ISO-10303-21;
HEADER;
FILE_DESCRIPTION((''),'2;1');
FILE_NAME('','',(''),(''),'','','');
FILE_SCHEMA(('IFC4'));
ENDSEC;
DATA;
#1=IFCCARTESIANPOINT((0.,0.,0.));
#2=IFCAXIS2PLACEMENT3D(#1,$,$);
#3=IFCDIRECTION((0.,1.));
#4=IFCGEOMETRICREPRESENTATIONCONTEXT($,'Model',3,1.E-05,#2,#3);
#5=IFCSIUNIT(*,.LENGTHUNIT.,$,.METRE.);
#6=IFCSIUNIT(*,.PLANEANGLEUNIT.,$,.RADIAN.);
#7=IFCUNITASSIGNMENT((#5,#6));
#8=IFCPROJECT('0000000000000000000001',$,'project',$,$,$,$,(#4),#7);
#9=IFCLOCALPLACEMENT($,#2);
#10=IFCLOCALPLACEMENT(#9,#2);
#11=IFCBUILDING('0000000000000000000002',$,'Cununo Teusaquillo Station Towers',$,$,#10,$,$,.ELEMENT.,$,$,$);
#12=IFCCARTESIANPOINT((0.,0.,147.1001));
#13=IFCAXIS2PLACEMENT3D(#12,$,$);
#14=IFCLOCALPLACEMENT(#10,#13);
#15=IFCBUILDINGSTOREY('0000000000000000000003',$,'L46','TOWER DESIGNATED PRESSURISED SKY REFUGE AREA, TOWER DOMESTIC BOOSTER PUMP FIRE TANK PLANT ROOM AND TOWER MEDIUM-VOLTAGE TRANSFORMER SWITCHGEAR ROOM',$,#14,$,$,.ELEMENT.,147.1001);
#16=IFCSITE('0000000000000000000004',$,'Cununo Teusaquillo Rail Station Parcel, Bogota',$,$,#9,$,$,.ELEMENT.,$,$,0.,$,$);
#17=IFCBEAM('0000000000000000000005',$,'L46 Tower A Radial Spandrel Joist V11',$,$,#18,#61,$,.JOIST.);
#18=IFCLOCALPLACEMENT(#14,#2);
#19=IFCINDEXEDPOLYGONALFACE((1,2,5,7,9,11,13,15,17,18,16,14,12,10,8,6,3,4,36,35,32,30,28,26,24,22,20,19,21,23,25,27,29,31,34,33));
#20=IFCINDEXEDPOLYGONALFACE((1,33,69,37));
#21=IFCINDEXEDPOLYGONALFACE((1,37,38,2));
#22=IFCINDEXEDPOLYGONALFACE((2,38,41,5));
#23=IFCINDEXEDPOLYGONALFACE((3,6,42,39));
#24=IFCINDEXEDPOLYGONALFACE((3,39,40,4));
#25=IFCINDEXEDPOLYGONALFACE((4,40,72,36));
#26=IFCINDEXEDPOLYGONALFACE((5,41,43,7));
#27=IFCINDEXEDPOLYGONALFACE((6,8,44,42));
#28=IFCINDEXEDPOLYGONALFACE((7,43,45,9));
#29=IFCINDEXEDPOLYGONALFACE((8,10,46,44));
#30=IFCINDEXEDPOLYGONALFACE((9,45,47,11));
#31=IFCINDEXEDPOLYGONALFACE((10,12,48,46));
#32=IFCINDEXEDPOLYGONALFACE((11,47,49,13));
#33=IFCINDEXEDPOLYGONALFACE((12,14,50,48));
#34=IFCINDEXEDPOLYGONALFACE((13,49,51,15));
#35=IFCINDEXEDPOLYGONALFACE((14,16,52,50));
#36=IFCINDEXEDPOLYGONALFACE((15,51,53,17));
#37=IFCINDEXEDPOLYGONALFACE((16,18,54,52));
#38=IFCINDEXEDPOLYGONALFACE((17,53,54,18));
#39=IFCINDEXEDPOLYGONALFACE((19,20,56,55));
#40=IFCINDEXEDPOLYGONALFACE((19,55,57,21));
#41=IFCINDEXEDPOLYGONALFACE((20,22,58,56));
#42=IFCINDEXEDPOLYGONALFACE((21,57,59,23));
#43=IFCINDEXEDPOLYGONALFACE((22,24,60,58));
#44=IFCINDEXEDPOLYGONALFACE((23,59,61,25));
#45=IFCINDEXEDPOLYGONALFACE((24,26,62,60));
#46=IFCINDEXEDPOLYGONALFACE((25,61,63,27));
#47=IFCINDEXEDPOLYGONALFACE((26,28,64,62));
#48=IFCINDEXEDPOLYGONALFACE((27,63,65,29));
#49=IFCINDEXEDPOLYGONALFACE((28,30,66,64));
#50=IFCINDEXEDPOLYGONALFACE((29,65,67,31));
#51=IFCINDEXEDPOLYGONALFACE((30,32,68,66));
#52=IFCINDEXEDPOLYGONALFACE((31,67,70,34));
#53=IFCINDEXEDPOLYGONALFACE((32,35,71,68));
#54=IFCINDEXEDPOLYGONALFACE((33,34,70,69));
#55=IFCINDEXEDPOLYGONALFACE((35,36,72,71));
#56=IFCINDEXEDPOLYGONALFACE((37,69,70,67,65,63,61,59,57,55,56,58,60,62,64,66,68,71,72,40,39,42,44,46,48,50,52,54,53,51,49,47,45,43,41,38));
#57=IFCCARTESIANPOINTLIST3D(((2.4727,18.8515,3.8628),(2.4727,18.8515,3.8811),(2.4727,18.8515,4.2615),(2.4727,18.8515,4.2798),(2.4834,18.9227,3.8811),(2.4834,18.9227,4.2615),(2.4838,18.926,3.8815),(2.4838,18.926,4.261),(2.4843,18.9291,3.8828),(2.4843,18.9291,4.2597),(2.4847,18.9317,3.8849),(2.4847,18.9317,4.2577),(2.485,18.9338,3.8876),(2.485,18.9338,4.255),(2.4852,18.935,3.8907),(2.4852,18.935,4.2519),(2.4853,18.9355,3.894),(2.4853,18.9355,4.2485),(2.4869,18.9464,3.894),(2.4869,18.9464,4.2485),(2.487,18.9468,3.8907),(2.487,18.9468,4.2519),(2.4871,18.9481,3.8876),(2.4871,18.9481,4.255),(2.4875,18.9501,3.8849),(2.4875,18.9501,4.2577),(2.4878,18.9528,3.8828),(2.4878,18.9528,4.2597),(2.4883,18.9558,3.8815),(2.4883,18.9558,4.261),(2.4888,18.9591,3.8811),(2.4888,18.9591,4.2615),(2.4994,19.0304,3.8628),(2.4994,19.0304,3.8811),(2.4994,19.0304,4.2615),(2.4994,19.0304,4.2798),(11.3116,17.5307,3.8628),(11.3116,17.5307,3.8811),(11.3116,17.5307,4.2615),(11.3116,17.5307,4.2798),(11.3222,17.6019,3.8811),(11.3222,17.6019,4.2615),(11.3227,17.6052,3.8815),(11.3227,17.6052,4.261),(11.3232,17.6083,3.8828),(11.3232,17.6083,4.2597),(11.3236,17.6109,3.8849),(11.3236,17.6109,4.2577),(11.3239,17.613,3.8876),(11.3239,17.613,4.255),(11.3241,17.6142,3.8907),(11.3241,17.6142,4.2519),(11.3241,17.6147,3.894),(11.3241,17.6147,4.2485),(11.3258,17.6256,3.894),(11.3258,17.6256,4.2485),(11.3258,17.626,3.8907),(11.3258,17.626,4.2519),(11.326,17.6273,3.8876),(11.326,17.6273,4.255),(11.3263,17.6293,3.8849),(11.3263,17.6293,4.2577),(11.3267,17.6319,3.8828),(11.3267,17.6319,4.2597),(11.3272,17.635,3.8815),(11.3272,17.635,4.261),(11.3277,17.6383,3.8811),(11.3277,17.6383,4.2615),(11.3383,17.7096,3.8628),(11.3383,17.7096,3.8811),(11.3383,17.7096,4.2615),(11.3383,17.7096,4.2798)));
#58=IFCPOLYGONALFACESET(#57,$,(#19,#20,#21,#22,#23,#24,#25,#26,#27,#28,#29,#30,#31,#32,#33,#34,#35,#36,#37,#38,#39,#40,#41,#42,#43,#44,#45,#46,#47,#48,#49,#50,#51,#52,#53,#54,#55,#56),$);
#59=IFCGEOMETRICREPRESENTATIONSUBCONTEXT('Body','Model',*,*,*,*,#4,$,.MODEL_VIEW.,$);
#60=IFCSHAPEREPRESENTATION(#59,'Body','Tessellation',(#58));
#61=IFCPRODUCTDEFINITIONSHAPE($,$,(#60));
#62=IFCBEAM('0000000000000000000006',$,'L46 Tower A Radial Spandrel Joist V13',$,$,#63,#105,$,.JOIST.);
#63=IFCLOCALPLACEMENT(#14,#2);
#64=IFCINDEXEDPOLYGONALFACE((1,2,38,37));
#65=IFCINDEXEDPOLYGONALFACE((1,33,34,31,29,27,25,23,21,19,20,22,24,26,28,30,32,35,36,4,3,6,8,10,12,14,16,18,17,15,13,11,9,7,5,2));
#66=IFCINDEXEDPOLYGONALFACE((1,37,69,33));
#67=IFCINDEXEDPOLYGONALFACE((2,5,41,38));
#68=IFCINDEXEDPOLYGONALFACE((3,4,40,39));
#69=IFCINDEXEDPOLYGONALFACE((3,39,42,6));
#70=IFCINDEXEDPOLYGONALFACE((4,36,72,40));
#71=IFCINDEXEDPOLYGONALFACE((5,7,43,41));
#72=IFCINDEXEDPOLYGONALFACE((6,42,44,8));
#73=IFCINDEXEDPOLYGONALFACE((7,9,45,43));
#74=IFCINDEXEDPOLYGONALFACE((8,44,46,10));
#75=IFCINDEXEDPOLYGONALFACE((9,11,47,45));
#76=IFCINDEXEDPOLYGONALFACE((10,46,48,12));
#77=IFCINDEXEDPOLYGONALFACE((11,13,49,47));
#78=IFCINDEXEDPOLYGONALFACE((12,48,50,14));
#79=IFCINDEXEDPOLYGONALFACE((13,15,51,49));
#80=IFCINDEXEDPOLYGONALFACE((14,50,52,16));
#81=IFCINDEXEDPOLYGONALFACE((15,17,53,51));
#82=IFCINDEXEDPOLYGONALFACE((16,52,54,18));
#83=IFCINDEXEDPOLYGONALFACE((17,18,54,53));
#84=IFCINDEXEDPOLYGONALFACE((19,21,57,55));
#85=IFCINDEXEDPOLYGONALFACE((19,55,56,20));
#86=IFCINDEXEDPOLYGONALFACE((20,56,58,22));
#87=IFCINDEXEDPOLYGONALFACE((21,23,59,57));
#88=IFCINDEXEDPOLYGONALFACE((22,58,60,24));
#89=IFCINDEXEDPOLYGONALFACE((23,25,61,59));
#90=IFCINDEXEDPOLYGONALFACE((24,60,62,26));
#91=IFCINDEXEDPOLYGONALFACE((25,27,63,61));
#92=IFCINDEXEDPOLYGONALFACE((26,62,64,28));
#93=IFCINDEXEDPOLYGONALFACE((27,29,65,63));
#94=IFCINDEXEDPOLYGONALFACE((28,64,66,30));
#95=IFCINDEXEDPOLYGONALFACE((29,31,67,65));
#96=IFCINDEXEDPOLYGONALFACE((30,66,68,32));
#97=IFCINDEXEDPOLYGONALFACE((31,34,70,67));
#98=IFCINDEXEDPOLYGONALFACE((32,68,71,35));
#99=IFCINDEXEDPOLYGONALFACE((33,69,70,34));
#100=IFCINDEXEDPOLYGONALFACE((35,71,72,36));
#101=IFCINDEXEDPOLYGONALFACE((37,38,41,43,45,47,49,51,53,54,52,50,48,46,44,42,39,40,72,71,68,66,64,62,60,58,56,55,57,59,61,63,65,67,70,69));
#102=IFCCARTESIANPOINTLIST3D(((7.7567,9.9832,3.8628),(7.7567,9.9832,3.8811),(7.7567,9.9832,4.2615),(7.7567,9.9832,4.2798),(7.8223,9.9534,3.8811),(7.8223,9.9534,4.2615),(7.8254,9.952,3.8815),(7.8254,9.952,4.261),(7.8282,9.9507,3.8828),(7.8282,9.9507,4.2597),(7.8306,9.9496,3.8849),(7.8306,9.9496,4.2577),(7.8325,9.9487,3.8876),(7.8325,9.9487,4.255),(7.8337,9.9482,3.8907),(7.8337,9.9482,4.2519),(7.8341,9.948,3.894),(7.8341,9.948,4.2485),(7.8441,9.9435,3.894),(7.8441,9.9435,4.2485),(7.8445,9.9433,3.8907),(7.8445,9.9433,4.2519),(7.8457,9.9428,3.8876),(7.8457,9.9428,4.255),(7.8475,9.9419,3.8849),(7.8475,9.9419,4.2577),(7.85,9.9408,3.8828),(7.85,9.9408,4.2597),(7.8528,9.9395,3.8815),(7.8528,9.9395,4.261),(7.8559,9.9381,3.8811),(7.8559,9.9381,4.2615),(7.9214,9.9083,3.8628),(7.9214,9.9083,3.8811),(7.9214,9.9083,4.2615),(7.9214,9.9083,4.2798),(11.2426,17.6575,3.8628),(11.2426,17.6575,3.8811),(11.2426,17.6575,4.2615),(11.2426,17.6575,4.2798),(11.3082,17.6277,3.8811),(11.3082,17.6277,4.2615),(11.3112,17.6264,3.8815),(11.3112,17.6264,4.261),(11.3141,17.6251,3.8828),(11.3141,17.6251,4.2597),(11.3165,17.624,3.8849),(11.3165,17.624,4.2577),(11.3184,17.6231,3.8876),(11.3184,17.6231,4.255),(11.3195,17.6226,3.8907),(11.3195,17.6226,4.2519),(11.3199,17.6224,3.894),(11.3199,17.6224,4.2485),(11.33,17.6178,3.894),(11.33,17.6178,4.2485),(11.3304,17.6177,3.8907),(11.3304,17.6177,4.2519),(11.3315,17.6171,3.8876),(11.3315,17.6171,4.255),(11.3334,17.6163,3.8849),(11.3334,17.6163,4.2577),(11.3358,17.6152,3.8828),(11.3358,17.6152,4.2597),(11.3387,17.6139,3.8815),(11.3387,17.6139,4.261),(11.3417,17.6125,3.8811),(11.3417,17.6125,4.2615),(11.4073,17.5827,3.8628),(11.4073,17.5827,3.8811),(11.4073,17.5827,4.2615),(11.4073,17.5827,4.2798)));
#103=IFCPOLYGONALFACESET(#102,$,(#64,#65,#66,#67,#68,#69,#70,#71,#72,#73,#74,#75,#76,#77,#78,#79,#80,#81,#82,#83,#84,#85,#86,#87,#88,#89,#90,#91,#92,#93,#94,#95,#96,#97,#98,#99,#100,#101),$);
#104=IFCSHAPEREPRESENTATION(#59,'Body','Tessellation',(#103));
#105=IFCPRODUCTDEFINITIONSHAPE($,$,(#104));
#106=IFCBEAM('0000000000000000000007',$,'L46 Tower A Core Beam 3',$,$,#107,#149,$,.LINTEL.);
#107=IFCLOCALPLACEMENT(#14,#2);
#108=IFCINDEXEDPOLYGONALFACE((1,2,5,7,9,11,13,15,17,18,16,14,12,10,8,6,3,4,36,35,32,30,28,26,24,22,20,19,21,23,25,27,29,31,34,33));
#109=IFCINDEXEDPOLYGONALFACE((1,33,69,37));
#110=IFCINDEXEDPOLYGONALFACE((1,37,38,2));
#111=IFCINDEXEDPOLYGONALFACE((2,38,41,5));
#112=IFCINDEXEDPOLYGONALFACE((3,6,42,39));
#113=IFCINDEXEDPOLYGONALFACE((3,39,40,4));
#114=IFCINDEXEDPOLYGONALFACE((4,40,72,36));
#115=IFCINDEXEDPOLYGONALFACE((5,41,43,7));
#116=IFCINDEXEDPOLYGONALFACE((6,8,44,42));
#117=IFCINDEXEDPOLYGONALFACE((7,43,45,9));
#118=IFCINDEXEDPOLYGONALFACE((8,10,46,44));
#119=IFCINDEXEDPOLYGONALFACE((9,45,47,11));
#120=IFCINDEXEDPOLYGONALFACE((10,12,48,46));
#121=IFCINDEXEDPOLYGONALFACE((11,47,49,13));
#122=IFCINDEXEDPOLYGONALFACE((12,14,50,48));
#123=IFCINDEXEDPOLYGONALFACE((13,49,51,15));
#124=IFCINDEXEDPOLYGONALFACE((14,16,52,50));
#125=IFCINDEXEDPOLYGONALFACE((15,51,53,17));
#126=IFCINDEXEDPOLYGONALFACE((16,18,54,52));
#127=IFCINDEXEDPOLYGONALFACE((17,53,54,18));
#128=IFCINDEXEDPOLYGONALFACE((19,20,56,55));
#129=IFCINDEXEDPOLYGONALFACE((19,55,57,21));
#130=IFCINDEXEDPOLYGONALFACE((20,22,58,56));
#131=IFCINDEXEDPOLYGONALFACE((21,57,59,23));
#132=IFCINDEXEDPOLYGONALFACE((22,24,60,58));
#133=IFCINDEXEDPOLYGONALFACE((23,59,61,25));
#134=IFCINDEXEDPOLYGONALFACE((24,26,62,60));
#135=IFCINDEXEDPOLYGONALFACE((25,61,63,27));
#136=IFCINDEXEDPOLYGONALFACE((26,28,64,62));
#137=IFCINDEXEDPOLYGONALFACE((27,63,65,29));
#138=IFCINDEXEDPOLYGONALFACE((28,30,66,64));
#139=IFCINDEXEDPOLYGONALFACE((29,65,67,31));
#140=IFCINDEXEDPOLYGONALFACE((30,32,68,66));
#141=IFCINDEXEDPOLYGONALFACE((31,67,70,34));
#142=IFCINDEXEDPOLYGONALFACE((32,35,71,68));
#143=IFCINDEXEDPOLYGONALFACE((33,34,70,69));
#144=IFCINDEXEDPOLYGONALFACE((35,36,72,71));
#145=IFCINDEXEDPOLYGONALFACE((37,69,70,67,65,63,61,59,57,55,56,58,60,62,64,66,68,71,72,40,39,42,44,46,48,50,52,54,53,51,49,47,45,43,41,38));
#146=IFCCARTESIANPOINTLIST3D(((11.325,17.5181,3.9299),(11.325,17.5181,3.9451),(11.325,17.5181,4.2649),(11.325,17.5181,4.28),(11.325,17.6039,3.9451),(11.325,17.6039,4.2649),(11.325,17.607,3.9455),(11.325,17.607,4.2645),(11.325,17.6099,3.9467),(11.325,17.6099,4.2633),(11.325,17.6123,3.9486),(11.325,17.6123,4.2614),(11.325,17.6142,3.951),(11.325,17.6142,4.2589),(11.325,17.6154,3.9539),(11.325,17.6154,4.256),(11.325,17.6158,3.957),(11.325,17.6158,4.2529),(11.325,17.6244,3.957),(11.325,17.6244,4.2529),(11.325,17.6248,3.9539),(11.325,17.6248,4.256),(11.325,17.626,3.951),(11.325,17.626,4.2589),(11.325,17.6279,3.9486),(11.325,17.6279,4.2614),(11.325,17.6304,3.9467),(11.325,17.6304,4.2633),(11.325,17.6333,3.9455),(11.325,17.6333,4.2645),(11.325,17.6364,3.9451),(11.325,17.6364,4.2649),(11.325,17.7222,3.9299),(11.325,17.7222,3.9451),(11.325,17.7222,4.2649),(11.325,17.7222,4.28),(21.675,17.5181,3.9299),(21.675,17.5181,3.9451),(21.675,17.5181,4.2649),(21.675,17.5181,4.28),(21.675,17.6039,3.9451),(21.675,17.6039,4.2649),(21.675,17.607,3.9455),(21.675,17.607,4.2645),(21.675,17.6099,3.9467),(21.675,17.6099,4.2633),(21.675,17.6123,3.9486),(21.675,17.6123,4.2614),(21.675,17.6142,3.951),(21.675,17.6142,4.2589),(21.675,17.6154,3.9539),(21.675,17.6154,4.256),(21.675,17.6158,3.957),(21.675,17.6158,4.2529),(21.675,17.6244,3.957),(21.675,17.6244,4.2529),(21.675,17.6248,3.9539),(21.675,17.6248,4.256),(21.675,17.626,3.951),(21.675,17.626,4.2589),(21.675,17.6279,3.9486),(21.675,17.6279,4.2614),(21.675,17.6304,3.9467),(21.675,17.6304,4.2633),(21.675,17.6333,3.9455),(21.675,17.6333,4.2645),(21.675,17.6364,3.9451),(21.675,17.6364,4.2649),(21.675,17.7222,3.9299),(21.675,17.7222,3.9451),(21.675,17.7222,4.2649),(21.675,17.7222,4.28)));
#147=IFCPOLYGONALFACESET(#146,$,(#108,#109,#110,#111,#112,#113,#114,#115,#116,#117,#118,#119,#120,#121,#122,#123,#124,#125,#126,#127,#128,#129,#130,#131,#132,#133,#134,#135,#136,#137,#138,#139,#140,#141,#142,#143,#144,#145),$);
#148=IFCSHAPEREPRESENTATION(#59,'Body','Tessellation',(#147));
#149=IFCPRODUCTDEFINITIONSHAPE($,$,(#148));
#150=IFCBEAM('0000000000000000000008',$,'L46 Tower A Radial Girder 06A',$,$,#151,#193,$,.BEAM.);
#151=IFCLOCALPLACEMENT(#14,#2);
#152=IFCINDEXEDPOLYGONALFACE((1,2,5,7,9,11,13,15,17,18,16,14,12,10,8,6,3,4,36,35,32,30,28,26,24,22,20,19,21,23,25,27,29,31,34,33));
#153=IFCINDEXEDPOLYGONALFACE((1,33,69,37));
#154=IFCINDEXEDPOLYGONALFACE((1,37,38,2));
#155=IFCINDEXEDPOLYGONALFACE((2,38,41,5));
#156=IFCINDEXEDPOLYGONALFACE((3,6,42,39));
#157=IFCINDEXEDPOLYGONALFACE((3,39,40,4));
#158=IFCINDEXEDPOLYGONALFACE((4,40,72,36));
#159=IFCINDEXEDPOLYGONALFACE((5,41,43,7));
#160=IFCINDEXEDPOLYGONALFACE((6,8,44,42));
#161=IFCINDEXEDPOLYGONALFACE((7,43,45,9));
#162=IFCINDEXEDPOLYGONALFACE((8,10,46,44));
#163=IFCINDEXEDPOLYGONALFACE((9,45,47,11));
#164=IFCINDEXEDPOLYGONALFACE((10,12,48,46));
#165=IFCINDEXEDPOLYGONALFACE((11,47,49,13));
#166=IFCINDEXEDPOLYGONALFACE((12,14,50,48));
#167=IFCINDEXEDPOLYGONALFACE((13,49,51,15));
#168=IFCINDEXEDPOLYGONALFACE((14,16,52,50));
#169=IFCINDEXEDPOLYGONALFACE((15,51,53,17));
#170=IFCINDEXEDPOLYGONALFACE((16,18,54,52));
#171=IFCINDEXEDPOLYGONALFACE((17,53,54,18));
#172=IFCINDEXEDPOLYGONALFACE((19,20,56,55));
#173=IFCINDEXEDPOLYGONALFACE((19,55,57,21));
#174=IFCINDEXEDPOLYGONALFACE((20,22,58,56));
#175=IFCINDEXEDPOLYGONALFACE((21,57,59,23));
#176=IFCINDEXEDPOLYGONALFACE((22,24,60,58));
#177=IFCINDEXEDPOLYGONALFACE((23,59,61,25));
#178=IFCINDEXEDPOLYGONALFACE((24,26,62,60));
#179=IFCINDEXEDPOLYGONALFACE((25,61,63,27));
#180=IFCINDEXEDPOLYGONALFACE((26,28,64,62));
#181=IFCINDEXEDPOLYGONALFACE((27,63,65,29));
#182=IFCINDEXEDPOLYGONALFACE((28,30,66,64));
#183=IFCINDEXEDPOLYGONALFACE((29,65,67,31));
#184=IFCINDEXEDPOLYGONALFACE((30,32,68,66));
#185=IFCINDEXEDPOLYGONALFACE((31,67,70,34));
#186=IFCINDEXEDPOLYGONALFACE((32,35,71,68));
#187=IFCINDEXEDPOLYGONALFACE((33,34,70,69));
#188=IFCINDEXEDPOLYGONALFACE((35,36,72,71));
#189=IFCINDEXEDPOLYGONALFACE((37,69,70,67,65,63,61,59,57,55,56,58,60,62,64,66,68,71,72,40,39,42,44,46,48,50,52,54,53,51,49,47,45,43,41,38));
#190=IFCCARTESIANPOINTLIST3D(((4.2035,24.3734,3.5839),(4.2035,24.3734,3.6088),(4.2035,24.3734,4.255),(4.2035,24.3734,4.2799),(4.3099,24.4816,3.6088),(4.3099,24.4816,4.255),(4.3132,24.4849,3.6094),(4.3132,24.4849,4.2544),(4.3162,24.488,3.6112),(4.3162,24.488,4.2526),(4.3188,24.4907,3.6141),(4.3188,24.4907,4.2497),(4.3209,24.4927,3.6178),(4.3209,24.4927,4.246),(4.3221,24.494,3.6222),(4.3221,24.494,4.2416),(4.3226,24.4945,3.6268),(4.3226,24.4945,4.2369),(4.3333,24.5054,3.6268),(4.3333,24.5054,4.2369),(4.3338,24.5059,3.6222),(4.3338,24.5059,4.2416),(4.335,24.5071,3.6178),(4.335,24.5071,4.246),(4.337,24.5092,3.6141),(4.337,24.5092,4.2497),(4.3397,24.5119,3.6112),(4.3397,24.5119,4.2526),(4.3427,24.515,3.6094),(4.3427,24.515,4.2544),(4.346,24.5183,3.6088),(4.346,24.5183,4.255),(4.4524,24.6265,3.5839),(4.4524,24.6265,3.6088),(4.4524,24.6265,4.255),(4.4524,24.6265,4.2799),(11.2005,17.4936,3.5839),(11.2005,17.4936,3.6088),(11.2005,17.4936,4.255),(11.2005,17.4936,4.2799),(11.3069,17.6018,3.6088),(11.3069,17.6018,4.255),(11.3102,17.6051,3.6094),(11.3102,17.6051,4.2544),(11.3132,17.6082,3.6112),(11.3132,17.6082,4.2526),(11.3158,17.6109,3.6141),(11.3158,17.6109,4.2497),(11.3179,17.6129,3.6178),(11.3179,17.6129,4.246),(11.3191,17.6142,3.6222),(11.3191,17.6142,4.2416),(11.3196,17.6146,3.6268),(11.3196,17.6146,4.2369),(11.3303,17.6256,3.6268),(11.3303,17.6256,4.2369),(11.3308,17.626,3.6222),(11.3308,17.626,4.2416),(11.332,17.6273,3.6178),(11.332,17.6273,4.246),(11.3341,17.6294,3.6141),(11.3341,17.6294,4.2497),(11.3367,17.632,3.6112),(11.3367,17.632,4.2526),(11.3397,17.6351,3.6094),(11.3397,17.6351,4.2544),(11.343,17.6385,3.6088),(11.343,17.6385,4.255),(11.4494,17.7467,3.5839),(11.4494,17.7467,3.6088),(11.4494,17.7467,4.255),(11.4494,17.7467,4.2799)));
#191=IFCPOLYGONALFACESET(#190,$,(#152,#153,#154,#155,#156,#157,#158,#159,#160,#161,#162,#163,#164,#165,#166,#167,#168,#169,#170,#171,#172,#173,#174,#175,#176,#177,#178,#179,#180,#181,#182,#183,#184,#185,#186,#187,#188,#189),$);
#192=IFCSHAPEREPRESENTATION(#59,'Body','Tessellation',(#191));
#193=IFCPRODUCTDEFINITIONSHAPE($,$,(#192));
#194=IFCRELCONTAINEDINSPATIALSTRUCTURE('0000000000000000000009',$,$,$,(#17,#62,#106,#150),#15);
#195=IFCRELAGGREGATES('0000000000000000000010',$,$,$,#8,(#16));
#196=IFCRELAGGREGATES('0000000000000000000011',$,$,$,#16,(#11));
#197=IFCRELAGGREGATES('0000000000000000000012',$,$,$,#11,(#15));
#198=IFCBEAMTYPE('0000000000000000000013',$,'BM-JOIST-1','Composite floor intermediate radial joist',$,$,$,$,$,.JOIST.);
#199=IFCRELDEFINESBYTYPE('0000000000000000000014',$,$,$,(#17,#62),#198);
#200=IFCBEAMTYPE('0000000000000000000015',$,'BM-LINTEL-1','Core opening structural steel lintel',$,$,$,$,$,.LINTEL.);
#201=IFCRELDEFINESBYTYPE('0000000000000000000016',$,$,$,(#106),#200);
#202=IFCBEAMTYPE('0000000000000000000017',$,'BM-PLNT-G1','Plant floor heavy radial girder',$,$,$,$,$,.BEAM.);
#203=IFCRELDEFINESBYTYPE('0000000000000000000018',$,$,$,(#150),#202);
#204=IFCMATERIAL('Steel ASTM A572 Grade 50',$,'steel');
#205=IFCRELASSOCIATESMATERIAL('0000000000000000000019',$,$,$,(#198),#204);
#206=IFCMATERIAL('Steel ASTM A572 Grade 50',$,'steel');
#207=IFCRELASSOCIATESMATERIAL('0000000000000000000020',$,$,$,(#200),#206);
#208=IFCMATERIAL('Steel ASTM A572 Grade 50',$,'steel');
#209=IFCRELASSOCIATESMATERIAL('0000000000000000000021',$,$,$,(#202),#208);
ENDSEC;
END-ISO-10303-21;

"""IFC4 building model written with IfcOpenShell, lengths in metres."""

from ifc_helpers import new_model, si_unit, direction, frame, origin, origin_2d, place, context, subcontext, project, spatial, i_section, extrude, material, material_profile, profile_set, type_object, element, save


model = new_model("IFC4")

# Units and contexts
model_context = context("Model", 3, precision=1e-05, world=origin(), true_north=direction((0.0, 1.0)))
body_context = subcontext(model_context, "Body", "Model", "MODEL_VIEW")
ifc_project = project(units=[si_unit("LENGTHUNIT", "METRE"), si_unit("PLANEANGLEUNIT", "RADIAN")], contexts=[model_context])

# Site, building, storey
site_placement = place(None, origin())
site = spatial("IfcSite", under=ifc_project, at=site_placement, Name="Cununo Teusaquillo Rail Station Parcel, Bogota", CompositionType="ELEMENT", RefElevation=0.0)
building_placement = place(site_placement, origin())
building = spatial("IfcBuilding", under=site, at=building_placement, Name="Cununo Teusaquillo Station Towers", CompositionType="ELEMENT")
storey_placement = place(building_placement, frame((0.0, 0.0, 147.1001)))
storey = spatial("IfcBuildingStorey", under=building, at=storey_placement, Name="L46", Description="TOWER DESIGNATED PRESSURISED SKY REFUGE AREA, TOWER DOMESTIC BOOSTER PUMP FIRE TANK PLANT ROOM AND TOWER MEDIUM-VOLTAGE TRANSFORMER SWITCHGEAR ROOM", CompositionType="ELEMENT", Elevation=147.1001)

# Beams
ifc_material_1 = material(Name="Steel ASTM A572 Grade 50", Category="steel")
ifc_material_profile_1 = material_profile(ifc_material_1, i_section(OverallWidth=0.1809, OverallDepth=0.417, WebThickness=0.011, FlangeThickness=0.0183, FilletRadius=0.0129, at=origin_2d()), Name="W16X57")
ifc_profile_set_1 = profile_set([ifc_material_profile_1], Name="Steel ASTM A572 Grade 50")
beam_type_1 = type_object("IfcBeamType", Name="BM-JOIST-1", Description="Composite floor intermediate radial joist", PredefinedType="JOIST", material=ifc_profile_set_1)
beam_1_placement = place(storey_placement, frame((11.325, 17.6201, 4.0713), z_axis=(-0.989019, 0.14779, 0.0), x_axis=(-0.14779, -0.989019, 0.0)))
element("IfcBeam", 1, at=beam_1_placement, inside=storey, type_object=beam_type_1, Name="L46 Tower A Radial Spandrel Joist V11", PredefinedType="JOIST", context=body_context, shape_type="SweptSolid", body=[
    extrude(i_section(OverallWidth=0.1809, OverallDepth=0.417, WebThickness=0.011, FlangeThickness=0.0183, FilletRadius=0.0129, at=origin_2d()), origin(), (0.0, 0.0, 1.0), 8.937),
])
beam_2_placement = place(storey_placement, frame((11.325, 17.6201, 4.0713), z_axis=(-0.413559, -0.910478, 0.0), x_axis=(0.910478, -0.413559, 0.0)))
element("IfcBeam", 2, at=beam_2_placement, inside=storey, type_object=beam_type_1, Name="L46 Tower A Radial Spandrel Joist V13", PredefinedType="JOIST", context=body_context, shape_type="SweptSolid", body=[
    extrude(i_section(OverallWidth=0.1809, OverallDepth=0.417, WebThickness=0.011, FlangeThickness=0.0183, FilletRadius=0.0129, at=origin_2d()), origin(), (0.0, 0.0, 1.0), 8.429),
])
ifc_material_2 = material(Name="Steel ASTM A572 Grade 50", Category="steel")
ifc_material_profile_2 = material_profile(ifc_material_2, i_section(OverallWidth=0.2041, OverallDepth=0.3501, WebThickness=0.0085, FlangeThickness=0.0151, FilletRadius=0.012, at=origin_2d()), Name="W14X48")
ifc_profile_set_2 = profile_set([ifc_material_profile_2], Name="Steel ASTM A572 Grade 50")
beam_type_2 = type_object("IfcBeamType", Name="BM-LINTEL-1", Description="Core opening structural steel lintel", PredefinedType="LINTEL", material=ifc_profile_set_2)
beam_3_placement = place(storey_placement, frame((11.325, 17.6201, 4.105), z_axis=(1.0, 0.0, 0.0), x_axis=(0.0, 1.0, 0.0)))
element("IfcBeam", 3, at=beam_3_placement, inside=storey, type_object=beam_type_2, Name="L46 Tower A Core Beam 3", PredefinedType="LINTEL", context=body_context, shape_type="SweptSolid", body=[
    extrude(i_section(OverallWidth=0.2041, OverallDepth=0.3501, WebThickness=0.0085, FlangeThickness=0.0151, FilletRadius=0.012, at=origin_2d()), origin(), (0.0, 0.0, 1.0), 10.3501),
])
ifc_material_3 = material(Name="Steel ASTM A572 Grade 50", Category="steel")
ifc_material_profile_3 = material_profile(ifc_material_3, i_section(OverallWidth=0.355, OverallDepth=0.696, WebThickness=0.0154, FlangeThickness=0.0249, FilletRadius=0.0181, at=origin_2d()), Name="W27X146")
ifc_profile_set_3 = profile_set([ifc_material_profile_3], Name="Steel ASTM A572 Grade 50")
beam_type_3 = type_object("IfcBeamType", Name="BM-PLNT-G1", Description="Plant floor heavy radial girder", PredefinedType="BEAM", material=ifc_profile_set_3)
beam_4_placement = place(storey_placement, frame((11.325, 17.6201, 3.9319), z_axis=(-0.713053, 0.70111, 0.0), x_axis=(-0.70111, -0.713053, 0.0)))
element("IfcBeam", 4, at=beam_4_placement, inside=storey, type_object=beam_type_3, Name="L46 Tower A Radial Girder 06A", PredefinedType="BEAM", context=body_context, shape_type="SweptSolid", body=[
    extrude(i_section(OverallWidth=0.355, OverallDepth=0.696, WebThickness=0.0154, FlangeThickness=0.0249, FilletRadius=0.0181, at=origin_2d()), origin(), (0.0, 0.0, 1.0), 9.8127),
])

save(model, "model.ifc")
